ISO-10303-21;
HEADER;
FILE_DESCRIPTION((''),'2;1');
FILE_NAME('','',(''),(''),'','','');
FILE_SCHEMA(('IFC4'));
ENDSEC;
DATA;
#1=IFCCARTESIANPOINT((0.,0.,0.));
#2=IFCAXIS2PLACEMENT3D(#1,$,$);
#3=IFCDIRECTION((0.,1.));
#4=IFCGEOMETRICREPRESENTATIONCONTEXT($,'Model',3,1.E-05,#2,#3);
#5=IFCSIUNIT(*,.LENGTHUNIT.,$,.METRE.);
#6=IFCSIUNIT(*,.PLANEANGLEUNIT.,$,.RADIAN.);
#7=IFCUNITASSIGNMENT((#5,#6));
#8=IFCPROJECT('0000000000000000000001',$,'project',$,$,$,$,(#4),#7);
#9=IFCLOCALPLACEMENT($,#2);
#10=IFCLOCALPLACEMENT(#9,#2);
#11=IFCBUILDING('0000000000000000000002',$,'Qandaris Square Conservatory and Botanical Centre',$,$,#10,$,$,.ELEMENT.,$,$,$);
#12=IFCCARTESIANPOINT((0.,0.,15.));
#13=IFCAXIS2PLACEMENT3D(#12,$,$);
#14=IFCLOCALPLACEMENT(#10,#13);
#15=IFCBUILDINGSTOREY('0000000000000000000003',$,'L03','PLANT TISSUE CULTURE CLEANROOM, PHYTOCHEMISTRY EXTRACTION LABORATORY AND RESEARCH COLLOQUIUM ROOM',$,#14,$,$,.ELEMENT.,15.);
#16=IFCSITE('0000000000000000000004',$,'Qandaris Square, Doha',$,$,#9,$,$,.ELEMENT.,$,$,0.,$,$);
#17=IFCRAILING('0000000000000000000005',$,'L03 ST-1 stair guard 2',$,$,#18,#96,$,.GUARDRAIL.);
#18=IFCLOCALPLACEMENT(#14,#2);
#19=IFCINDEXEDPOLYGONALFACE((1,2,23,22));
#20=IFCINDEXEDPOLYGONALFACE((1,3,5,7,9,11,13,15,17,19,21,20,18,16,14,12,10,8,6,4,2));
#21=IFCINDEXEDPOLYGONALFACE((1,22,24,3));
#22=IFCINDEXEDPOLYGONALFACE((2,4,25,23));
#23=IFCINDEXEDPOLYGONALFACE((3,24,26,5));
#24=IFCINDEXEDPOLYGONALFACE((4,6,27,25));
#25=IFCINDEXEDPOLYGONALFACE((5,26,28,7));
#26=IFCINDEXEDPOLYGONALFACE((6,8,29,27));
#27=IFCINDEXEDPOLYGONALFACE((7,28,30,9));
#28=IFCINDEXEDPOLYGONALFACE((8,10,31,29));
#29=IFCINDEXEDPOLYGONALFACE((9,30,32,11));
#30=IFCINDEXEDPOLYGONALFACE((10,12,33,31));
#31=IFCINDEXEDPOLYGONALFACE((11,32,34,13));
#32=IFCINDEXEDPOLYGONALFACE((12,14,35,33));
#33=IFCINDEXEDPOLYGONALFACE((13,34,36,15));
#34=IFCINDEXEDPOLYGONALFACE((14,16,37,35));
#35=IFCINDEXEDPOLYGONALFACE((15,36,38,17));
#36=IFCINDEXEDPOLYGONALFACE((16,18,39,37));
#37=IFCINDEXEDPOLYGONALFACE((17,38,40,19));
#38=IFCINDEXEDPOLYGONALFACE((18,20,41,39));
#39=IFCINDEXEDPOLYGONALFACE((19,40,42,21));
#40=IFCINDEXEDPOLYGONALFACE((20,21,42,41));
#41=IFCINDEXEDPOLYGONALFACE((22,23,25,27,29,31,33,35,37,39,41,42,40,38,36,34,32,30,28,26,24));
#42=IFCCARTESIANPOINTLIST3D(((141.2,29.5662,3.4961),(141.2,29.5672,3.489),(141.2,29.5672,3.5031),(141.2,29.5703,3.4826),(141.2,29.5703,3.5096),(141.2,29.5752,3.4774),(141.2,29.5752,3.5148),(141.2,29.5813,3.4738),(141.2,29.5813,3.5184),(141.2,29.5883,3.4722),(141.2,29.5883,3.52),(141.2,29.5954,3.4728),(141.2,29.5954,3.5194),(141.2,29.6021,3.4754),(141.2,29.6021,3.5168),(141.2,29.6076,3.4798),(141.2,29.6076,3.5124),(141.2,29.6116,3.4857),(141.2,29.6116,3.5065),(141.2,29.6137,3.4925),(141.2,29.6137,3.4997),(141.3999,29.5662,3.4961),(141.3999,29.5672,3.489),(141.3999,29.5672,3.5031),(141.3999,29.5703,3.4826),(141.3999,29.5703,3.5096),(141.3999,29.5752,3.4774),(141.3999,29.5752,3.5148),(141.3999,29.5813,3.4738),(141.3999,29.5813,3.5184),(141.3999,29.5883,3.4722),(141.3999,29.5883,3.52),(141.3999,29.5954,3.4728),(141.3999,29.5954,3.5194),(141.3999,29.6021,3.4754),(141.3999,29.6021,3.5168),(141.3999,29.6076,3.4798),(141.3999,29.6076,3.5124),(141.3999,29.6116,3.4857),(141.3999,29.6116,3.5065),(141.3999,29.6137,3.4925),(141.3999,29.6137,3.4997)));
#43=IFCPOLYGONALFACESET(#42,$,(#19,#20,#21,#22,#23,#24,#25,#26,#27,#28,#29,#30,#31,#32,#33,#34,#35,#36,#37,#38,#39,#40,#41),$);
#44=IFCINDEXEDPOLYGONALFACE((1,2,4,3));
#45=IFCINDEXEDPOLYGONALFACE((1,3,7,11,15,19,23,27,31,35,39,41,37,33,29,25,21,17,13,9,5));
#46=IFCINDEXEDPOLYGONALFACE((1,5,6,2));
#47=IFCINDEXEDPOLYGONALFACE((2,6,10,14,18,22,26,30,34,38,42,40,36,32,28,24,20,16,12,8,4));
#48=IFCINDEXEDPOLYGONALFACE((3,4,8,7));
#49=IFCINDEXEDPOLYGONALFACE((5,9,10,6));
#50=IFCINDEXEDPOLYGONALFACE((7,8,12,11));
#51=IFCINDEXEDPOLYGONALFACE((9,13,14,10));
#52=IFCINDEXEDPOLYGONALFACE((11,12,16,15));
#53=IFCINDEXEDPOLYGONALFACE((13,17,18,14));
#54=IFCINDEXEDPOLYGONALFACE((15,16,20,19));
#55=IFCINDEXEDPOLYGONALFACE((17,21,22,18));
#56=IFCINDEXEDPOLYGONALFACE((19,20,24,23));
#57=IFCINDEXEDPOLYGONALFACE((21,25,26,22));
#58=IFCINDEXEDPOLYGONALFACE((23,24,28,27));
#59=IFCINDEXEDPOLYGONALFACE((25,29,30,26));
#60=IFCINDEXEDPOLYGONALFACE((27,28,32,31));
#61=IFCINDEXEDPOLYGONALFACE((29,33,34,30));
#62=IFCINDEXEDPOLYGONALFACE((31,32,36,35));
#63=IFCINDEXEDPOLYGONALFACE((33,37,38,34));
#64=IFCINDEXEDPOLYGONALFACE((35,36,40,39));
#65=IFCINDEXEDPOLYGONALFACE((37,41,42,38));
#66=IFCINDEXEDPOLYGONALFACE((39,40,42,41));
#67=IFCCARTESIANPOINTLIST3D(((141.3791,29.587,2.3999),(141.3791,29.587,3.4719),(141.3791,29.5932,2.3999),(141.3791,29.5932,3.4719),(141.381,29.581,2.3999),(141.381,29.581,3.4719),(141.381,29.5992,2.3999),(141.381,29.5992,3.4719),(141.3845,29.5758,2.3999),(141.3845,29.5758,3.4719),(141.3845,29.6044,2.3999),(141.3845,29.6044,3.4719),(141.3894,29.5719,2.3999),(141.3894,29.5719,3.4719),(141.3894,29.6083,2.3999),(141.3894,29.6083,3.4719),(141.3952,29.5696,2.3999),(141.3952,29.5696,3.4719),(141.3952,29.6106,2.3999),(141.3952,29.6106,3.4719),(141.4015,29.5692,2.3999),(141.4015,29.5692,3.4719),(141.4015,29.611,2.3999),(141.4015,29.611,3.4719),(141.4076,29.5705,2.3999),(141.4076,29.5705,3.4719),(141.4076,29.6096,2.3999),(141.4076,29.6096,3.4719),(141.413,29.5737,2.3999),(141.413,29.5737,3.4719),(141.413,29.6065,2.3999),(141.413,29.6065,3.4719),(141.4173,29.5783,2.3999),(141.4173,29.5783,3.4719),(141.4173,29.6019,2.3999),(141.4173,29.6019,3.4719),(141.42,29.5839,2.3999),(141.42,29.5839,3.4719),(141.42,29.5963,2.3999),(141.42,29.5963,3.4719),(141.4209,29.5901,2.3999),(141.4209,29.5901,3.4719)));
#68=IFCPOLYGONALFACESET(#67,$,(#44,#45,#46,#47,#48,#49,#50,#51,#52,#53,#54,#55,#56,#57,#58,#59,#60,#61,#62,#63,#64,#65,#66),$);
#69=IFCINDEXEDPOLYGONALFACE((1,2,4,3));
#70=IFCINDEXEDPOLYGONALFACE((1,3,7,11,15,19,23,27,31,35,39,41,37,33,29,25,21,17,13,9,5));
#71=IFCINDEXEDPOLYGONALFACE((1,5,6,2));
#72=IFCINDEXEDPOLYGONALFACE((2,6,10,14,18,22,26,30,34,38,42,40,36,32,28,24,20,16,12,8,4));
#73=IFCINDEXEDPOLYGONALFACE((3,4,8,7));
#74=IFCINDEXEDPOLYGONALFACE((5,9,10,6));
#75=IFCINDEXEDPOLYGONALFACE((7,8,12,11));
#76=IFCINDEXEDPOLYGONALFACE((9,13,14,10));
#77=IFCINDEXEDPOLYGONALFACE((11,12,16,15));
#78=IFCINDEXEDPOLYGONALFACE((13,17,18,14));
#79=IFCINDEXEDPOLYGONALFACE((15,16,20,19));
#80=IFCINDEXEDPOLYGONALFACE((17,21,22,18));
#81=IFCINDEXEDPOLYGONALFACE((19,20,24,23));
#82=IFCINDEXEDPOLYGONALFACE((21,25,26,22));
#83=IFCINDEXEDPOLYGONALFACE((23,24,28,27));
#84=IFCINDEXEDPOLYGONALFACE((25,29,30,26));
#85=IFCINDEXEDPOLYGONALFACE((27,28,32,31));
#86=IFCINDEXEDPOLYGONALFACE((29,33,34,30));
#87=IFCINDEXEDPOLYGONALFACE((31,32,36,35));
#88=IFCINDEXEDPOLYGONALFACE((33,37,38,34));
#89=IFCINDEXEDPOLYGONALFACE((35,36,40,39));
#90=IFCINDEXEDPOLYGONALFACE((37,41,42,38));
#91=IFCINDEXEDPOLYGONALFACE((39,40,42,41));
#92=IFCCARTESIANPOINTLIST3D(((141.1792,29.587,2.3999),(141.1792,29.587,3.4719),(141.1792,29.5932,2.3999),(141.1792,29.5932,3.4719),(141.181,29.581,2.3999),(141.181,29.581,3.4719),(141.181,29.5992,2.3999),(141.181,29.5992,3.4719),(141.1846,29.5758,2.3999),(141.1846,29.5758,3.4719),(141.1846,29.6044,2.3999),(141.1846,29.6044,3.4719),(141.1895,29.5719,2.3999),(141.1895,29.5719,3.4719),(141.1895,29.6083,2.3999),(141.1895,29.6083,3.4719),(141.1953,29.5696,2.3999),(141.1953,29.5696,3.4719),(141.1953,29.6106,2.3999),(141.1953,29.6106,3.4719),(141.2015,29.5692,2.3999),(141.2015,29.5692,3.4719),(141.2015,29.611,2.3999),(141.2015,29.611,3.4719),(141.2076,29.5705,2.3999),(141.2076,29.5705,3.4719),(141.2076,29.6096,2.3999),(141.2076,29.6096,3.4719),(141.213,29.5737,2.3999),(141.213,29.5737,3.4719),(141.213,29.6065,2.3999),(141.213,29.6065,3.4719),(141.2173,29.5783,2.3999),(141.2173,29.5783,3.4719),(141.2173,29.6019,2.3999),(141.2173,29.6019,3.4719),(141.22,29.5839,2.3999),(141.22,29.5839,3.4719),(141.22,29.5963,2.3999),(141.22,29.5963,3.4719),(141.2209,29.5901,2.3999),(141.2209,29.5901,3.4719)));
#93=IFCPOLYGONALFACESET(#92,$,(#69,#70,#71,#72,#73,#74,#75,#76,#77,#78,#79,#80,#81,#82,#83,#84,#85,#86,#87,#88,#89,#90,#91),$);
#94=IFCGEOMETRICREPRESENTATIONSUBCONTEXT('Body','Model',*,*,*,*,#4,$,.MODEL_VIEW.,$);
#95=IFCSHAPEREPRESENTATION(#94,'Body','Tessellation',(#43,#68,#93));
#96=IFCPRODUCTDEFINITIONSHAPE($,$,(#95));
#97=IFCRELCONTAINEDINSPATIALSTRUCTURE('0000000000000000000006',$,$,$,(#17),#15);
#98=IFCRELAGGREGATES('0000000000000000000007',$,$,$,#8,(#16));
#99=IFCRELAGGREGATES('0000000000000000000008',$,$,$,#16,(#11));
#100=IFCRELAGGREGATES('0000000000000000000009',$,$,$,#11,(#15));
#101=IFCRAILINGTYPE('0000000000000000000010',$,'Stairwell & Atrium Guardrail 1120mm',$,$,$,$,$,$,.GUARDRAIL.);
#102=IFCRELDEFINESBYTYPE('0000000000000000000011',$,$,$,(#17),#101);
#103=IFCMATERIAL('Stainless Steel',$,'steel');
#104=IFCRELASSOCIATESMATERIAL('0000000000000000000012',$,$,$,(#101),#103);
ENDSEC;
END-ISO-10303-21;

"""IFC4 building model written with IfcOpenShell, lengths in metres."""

from ifc_helpers import new_model, si_unit, direction, frame, origin, origin_2d, place, context, subcontext, project, spatial, circle, extrude, material, type_object, element, save


model = new_model("IFC4")

# Units and contexts
model_context = context("Model", 3, precision=1e-05, world=origin(), true_north=direction((0.0, 1.0)))
body_context = subcontext(model_context, "Body", "Model", "MODEL_VIEW")
ifc_project = project(units=[si_unit("LENGTHUNIT", "METRE"), si_unit("PLANEANGLEUNIT", "RADIAN")], contexts=[model_context])

# Site, building, storey
site_placement = place(None, origin())
site = spatial("IfcSite", under=ifc_project, at=site_placement, Name="Qandaris Square, Doha", CompositionType="ELEMENT", RefElevation=0.0)
building_placement = place(site_placement, origin())
building = spatial("IfcBuilding", under=site, at=building_placement, Name="Qandaris Square Conservatory and Botanical Centre", CompositionType="ELEMENT")
storey_placement = place(building_placement, frame((0.0, 0.0, 15.0)))
storey = spatial("IfcBuildingStorey", under=building, at=storey_placement, Name="L03", Description="PLANT TISSUE CULTURE CLEANROOM, PHYTOCHEMISTRY EXTRACTION LABORATORY AND RESEARCH COLLOQUIUM ROOM", CompositionType="ELEMENT", Elevation=15.0)

# Railing
ifc_material_1 = material(Name="Stainless Steel", Category="steel")
railing_type_1 = type_object("IfcRailingType", Name="Stairwell & Atrium Guardrail 1120mm", PredefinedType="GUARDRAIL", material=ifc_material_1)
railing_1_placement = place(storey_placement, frame((141.3999, 29.5901, 2.3999)))
element("IfcRailing", 1, at=railing_1_placement, inside=storey, type_object=railing_type_1, Name="L03 ST-1 stair guard 2", PredefinedType="GUARDRAIL", context=body_context, shape_type="SweptSolid", body=[
    extrude(circle(Radius=0.0239, at=origin_2d()), frame((0.0, 0.0, 1.0962), z_axis=(-1.0, 0.0, 0.0), x_axis=(0.0, -1.0, 0.0)), (0.0, 0.0, 1.0), 0.2),
    extrude(circle(Radius=0.021, at=origin_2d()), origin(), (0.0, 0.0, 1.0), 1.072),
    extrude(circle(Radius=0.021, at=origin_2d()), frame((-0.2, 0.0, 0.0)), (0.0, 0.0, 1.0), 1.072),
])

save(model, "model.ifc")
